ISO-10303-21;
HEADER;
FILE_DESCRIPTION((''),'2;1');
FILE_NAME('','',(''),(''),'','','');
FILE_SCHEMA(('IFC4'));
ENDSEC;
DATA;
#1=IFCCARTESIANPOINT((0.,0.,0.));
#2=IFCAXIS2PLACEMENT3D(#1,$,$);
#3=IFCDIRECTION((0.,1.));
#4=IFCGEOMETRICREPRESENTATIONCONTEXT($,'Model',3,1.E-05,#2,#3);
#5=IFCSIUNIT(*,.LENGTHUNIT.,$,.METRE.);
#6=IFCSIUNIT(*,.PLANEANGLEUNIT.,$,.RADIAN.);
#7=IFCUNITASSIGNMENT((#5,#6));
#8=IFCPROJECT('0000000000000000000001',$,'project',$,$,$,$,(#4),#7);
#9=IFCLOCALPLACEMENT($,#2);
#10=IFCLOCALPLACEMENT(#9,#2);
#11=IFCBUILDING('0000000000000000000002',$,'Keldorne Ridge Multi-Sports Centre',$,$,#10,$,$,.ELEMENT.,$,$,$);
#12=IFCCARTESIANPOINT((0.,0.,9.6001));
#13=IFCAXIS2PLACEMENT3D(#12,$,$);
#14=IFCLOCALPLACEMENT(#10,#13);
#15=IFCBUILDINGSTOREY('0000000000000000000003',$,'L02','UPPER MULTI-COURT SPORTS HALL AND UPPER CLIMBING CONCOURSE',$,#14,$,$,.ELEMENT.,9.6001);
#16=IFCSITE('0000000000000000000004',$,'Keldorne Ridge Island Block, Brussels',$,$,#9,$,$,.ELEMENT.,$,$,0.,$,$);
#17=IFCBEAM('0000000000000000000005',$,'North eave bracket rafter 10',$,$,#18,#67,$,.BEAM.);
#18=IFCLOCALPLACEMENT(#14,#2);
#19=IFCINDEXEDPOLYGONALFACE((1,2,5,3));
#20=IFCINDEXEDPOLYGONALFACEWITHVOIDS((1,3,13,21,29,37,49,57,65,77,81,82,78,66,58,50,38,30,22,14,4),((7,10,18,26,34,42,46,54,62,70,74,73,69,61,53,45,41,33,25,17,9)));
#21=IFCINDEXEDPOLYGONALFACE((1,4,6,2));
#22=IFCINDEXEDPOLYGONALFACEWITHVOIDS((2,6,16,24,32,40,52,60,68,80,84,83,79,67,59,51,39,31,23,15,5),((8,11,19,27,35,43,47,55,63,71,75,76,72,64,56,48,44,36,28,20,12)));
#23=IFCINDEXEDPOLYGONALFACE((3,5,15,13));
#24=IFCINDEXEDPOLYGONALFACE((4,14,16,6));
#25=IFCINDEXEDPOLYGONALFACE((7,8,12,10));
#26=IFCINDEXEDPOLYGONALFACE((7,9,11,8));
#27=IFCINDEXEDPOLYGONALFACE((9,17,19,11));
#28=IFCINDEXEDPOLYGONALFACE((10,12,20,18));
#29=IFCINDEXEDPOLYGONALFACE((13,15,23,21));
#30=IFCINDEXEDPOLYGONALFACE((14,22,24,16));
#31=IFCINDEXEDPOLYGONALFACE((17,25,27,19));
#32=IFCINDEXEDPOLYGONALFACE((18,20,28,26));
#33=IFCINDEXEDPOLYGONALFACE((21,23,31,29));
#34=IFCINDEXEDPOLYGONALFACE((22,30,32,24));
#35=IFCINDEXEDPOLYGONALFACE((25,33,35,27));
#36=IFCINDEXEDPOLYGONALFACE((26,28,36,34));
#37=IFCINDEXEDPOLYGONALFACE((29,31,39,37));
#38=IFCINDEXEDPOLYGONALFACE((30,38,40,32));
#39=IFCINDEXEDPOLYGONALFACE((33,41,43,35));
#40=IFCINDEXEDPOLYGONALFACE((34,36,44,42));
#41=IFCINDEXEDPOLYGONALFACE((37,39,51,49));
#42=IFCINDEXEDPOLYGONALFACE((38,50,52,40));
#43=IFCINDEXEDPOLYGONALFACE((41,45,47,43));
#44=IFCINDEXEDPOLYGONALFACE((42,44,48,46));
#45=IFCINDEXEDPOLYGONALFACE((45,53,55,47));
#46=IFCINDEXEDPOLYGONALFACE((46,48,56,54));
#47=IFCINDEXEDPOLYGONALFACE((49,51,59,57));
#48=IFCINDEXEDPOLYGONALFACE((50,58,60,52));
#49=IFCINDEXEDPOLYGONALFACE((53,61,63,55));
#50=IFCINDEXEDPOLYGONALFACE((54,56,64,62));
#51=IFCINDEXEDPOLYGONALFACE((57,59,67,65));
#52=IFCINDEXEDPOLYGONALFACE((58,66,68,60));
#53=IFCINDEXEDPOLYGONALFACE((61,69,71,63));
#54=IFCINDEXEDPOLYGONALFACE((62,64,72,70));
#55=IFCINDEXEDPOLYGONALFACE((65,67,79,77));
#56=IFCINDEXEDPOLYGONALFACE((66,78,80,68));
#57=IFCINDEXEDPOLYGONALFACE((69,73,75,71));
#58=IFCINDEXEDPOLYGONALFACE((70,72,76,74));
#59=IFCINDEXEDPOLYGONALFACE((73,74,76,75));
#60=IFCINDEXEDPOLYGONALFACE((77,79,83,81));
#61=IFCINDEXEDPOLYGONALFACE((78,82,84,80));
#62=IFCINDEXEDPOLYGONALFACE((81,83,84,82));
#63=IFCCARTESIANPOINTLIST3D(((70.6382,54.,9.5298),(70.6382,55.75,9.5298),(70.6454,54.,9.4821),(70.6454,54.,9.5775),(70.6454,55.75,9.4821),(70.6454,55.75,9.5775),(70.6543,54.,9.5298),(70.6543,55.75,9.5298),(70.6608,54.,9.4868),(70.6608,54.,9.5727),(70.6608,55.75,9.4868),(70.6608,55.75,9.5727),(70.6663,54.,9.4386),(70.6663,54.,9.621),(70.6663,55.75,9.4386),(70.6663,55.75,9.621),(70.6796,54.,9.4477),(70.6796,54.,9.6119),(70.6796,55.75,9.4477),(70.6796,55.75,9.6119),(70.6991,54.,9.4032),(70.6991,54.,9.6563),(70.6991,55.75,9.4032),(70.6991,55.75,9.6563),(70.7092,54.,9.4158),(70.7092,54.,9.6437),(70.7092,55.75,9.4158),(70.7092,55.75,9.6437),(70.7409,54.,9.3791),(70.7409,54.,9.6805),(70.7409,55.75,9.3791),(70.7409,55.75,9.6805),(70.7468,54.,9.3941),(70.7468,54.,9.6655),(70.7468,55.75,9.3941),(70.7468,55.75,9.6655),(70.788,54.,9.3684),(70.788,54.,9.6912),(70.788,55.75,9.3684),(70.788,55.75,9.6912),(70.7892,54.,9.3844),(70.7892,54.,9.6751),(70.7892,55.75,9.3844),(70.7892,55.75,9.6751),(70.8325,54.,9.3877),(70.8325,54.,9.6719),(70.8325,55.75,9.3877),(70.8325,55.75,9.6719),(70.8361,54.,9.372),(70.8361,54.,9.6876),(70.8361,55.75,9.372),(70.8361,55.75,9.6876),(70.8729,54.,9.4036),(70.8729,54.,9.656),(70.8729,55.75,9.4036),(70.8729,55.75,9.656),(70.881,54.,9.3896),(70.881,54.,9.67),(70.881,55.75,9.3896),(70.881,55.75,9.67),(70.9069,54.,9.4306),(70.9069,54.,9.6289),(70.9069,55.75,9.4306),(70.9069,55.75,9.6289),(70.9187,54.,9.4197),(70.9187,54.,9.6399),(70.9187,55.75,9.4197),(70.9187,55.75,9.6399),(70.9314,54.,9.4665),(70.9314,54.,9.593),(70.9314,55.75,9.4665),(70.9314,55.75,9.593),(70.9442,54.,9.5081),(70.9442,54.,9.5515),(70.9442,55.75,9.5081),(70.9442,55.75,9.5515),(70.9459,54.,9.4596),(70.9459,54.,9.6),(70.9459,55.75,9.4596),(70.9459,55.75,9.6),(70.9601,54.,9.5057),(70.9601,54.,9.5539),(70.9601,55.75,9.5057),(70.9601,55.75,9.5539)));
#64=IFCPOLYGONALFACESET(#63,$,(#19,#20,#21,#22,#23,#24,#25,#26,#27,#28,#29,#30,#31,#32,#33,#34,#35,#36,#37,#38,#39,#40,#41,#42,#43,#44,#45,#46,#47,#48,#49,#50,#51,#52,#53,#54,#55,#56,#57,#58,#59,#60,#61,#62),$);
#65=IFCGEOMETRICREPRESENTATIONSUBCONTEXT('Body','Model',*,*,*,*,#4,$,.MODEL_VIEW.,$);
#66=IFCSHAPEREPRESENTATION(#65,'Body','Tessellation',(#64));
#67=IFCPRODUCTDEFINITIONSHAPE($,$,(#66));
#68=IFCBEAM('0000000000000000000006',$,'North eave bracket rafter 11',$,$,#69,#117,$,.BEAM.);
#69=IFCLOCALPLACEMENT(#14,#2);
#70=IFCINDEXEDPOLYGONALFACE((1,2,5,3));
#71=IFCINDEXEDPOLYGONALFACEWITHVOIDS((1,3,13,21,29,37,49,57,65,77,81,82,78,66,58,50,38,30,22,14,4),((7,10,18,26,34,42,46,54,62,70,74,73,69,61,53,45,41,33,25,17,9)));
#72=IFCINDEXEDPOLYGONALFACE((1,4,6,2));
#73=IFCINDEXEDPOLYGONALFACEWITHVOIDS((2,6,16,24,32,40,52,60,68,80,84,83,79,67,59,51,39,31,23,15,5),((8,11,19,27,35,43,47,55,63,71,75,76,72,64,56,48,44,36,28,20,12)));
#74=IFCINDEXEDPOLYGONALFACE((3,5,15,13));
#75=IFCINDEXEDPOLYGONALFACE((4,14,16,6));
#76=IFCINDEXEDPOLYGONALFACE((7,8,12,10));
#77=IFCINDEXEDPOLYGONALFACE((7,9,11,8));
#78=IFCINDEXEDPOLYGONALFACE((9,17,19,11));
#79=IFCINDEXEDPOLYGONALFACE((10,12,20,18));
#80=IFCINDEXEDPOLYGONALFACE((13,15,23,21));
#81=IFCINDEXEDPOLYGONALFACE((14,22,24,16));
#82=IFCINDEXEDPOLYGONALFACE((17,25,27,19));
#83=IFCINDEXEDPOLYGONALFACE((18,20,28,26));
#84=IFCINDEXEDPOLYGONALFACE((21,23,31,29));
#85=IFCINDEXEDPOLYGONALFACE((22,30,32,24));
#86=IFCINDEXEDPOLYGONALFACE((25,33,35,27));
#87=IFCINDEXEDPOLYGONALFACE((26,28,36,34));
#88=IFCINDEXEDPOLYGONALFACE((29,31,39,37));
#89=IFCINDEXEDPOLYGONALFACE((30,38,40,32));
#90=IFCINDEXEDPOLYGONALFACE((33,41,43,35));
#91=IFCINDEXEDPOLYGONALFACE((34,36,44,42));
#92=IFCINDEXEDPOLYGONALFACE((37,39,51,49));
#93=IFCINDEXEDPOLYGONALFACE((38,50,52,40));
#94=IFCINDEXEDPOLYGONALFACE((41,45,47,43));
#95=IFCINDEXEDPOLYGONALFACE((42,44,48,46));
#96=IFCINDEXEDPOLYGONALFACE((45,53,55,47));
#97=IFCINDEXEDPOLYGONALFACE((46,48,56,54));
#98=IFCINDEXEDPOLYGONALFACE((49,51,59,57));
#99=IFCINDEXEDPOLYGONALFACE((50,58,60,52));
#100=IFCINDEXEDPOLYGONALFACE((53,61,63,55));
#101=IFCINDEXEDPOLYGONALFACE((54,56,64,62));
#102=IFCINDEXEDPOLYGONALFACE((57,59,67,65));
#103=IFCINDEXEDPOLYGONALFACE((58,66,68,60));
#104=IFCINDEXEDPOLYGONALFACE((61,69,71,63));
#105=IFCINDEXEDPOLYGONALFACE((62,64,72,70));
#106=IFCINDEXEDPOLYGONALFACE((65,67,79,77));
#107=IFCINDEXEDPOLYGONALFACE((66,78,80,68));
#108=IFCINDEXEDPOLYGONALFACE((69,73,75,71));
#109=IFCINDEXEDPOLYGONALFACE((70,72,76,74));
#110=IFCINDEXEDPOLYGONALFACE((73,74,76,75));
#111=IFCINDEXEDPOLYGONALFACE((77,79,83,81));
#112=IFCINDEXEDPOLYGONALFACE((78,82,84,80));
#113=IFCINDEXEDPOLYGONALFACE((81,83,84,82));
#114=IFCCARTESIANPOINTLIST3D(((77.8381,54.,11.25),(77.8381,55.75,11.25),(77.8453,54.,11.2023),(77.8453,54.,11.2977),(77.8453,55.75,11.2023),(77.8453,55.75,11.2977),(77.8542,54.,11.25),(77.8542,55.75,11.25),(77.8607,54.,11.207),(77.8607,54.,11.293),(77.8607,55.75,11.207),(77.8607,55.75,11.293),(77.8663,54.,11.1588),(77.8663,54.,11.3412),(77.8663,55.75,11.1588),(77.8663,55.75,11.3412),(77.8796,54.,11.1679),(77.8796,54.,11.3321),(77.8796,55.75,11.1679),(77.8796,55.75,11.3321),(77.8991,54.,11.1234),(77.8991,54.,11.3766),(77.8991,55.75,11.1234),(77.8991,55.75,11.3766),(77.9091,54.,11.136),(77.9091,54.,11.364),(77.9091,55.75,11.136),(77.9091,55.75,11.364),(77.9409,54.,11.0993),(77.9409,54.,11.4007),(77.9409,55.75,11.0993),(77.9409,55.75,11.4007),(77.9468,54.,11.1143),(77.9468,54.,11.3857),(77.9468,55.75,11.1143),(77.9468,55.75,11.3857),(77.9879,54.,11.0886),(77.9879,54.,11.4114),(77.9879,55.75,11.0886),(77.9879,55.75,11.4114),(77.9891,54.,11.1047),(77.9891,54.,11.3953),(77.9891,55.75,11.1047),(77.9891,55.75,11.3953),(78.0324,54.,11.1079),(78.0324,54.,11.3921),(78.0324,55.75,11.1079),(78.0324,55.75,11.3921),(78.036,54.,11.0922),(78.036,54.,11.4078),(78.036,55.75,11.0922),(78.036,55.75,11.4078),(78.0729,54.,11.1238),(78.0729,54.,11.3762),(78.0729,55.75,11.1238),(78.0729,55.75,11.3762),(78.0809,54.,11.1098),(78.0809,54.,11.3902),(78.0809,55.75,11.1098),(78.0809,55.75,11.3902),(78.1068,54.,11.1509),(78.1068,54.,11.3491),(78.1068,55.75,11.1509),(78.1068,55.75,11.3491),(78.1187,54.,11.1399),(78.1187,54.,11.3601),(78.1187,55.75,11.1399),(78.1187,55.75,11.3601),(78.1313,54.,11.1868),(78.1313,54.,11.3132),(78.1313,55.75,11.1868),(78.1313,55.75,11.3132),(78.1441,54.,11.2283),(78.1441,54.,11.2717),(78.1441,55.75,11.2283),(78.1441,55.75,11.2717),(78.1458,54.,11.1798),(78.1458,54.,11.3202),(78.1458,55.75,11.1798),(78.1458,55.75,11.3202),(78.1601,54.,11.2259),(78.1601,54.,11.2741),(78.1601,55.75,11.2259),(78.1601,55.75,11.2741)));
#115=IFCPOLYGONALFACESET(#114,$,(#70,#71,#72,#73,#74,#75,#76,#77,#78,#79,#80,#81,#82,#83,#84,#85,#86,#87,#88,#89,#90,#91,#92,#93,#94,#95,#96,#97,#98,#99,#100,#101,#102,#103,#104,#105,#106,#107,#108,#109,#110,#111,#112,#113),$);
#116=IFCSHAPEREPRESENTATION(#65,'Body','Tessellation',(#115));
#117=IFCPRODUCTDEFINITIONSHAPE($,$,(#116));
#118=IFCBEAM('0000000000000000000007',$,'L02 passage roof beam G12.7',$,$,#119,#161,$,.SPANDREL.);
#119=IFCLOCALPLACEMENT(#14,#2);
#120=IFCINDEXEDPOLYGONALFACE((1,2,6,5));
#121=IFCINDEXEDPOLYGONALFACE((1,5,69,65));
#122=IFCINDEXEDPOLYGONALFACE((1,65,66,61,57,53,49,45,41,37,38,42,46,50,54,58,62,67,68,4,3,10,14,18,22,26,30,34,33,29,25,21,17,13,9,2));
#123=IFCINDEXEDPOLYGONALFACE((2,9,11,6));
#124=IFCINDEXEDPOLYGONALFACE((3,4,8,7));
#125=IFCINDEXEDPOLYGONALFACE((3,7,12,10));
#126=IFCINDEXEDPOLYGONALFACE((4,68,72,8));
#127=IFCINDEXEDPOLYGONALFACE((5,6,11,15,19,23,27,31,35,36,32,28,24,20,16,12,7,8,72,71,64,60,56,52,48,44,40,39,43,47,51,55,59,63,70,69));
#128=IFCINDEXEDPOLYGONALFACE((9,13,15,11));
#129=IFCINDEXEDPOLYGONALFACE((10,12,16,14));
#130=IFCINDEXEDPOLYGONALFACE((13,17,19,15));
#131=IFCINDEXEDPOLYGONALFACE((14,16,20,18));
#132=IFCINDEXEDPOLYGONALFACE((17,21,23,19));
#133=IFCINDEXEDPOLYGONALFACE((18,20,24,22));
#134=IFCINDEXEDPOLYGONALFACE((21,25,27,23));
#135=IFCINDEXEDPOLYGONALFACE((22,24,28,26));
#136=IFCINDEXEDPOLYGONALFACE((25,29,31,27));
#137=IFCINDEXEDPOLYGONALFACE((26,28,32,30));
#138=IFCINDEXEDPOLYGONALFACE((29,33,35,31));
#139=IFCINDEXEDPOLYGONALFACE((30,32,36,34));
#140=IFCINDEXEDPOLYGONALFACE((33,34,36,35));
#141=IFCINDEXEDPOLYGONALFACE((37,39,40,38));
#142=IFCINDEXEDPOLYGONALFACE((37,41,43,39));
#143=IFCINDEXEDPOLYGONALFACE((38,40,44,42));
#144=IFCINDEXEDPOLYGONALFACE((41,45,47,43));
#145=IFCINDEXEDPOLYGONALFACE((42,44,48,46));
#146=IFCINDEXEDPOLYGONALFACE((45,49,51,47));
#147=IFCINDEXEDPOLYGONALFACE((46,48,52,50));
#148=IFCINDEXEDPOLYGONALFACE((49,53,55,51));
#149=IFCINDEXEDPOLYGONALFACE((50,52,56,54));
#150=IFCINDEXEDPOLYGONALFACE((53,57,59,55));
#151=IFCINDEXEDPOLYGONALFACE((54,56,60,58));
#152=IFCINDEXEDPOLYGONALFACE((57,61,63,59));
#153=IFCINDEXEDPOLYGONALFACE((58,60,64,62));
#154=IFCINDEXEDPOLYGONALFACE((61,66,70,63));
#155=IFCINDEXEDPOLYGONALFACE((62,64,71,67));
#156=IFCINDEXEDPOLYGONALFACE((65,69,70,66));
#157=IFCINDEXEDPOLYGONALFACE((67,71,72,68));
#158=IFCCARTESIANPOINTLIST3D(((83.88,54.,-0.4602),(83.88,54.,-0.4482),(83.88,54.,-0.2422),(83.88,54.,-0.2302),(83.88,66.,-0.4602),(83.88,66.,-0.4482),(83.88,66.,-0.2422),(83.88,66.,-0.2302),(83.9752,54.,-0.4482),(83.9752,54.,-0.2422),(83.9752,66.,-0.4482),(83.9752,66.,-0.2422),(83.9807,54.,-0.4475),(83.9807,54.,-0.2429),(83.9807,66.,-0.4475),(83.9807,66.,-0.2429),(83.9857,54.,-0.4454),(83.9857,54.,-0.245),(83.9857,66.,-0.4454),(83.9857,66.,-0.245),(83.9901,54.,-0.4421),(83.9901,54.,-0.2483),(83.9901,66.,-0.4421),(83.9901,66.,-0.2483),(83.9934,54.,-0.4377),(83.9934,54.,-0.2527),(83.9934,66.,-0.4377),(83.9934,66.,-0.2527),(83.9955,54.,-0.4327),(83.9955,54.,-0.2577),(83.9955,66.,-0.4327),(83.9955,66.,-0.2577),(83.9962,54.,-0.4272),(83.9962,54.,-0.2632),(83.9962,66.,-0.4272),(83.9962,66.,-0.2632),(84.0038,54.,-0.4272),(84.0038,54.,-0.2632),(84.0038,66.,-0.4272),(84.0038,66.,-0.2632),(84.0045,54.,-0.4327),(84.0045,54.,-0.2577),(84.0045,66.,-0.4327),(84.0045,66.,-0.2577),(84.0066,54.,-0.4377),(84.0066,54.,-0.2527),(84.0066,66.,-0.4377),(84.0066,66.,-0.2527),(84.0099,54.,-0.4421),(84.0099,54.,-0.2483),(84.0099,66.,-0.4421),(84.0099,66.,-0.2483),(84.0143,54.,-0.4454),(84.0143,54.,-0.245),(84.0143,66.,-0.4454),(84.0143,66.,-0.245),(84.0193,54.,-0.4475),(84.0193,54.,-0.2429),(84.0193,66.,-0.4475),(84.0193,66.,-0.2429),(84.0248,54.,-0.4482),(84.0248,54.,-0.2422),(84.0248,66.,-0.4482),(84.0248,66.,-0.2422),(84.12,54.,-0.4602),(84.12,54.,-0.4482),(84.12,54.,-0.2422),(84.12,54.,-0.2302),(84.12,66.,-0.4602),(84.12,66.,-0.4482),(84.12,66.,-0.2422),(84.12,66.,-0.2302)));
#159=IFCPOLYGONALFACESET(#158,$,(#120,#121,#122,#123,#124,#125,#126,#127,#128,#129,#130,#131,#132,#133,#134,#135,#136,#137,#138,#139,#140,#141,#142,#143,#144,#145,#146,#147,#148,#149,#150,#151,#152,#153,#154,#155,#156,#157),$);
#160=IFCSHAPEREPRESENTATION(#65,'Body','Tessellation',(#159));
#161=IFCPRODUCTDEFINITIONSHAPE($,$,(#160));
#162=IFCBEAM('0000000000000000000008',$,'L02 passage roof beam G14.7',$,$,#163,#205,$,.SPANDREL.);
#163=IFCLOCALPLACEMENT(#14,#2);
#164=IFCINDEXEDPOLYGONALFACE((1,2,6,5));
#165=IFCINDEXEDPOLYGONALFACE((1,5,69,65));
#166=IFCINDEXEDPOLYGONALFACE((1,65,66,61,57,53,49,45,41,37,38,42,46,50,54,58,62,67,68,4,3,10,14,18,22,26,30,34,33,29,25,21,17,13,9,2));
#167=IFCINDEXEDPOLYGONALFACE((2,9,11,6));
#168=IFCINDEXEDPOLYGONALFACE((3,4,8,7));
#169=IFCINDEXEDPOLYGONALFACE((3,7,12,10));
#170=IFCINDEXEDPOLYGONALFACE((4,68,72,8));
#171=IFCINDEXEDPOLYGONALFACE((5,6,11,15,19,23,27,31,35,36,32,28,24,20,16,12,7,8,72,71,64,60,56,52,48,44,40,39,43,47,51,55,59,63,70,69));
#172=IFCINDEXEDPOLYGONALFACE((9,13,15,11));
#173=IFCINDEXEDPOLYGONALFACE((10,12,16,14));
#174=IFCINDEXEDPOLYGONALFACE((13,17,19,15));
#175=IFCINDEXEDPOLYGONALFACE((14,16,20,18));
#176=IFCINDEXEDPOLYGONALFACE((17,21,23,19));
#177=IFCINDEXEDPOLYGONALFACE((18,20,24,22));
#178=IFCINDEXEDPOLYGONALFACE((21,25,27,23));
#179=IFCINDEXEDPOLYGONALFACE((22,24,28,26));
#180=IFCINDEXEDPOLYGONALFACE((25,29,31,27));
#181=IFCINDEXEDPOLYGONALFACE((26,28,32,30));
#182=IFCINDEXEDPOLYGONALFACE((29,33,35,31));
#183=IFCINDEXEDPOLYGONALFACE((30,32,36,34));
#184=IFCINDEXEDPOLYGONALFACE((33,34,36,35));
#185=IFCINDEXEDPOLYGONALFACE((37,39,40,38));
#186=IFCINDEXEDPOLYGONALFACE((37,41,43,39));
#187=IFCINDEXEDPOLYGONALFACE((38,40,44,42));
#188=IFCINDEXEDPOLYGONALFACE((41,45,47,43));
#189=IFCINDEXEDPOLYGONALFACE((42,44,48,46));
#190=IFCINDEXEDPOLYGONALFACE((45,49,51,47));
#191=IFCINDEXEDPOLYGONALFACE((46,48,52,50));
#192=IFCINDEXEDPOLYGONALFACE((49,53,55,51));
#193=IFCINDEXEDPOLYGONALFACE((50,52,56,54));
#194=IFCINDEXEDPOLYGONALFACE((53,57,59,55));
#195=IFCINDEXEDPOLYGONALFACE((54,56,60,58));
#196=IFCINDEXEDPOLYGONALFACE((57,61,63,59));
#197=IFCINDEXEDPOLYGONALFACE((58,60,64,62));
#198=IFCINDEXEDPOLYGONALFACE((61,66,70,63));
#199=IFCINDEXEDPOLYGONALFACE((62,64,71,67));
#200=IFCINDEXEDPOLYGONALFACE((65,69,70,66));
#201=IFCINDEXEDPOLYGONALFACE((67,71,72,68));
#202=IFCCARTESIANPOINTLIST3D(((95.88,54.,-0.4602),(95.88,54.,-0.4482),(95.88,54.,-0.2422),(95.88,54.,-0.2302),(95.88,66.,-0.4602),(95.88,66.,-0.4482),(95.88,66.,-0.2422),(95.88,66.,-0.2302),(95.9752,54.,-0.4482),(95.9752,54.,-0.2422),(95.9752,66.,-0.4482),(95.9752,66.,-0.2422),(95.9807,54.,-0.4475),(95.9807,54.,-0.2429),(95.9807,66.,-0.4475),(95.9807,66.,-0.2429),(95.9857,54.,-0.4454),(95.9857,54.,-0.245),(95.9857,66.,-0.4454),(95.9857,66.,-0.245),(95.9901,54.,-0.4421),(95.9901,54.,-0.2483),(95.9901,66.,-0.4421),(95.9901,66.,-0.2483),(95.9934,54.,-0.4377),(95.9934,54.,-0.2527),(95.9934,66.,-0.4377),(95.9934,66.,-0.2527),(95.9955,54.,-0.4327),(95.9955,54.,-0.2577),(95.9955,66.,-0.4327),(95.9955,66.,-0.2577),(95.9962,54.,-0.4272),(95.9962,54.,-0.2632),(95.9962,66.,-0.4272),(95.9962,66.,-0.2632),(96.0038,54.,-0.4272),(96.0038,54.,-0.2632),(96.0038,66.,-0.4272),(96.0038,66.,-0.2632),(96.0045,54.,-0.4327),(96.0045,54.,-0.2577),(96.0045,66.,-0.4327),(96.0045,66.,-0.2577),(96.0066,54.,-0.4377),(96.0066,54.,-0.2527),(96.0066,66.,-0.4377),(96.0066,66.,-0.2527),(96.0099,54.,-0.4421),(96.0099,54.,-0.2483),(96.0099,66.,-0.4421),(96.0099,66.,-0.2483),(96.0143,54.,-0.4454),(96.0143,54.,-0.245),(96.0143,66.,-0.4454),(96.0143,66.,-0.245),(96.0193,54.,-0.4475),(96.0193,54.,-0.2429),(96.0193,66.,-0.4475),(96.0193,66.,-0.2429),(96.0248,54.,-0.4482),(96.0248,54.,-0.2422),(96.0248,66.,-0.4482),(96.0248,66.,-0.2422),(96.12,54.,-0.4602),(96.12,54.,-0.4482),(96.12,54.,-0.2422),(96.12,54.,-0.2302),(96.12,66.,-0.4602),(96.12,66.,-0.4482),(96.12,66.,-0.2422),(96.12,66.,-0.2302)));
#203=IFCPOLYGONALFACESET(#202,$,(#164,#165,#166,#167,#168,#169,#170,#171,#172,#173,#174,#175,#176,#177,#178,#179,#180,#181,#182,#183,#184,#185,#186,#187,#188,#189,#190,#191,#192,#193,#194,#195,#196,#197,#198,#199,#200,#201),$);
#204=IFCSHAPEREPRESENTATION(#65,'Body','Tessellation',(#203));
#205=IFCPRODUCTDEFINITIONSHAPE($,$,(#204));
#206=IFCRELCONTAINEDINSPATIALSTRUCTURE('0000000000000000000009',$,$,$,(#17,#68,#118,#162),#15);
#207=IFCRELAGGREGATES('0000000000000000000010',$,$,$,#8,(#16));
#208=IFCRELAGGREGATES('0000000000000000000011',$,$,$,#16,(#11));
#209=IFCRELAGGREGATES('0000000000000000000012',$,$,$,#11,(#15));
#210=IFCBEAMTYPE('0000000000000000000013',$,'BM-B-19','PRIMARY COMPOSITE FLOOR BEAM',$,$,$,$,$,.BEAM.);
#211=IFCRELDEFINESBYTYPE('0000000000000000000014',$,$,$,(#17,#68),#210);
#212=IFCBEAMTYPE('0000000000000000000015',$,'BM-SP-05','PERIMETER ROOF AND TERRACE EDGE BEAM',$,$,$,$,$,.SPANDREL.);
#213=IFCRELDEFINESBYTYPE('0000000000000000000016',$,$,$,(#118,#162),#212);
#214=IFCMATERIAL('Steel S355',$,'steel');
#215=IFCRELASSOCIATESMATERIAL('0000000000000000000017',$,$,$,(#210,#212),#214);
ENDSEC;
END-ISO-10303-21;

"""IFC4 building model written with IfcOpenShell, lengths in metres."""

from ifc_helpers import new_model, si_unit, direction, frame, origin, origin_2d, place, context, subcontext, project, spatial, hollow_circle, i_section, extrude, material, material_profile, profile_set, type_object, element, save


model = new_model("IFC4")

# Units and contexts
model_context = context("Model", 3, precision=1e-05, world=origin(), true_north=direction((0.0, 1.0)))
body_context = subcontext(model_context, "Body", "Model", "MODEL_VIEW")
ifc_project = project(units=[si_unit("LENGTHUNIT", "METRE"), si_unit("PLANEANGLEUNIT", "RADIAN")], contexts=[model_context])

# Site, building, storey
site_placement = place(None, origin())
site = spatial("IfcSite", under=ifc_project, at=site_placement, Name="Keldorne Ridge Island Block, Brussels", CompositionType="ELEMENT", RefElevation=0.0)
building_placement = place(site_placement, origin())
building = spatial("IfcBuilding", under=site, at=building_placement, Name="Keldorne Ridge Multi-Sports Centre", CompositionType="ELEMENT")
storey_placement = place(building_placement, frame((0.0, 0.0, 9.6001)))
storey = spatial("IfcBuildingStorey", under=building, at=storey_placement, Name="L02", Description="UPPER MULTI-COURT SPORTS HALL AND UPPER CLIMBING CONCOURSE", CompositionType="ELEMENT", Elevation=9.6001)

# Shared definitions
ifc_material = material(Name="Steel S355", Category="steel")

# Beams
ifc_material_profile_1 = material_profile(ifc_material, hollow_circle(Radius=0.1619, WallThickness=0.0161, at=origin_2d()), Name="CHS 323.9x16")
ifc_profile_set_1 = profile_set([ifc_material_profile_1], Name="Steel S355")
beam_type_1 = type_object("IfcBeamType", Name="BM-B-19", Description="PRIMARY COMPOSITE FLOOR BEAM", PredefinedType="BEAM", material=ifc_profile_set_1)
for number, where, z_axis, x_axis, name in (
    (1, (70.8, 54.0, 9.5298), (0.0, 1.0, 0.0), (-1.0, 0.0, 0.0), "North eave bracket rafter 10"),
    (2, (78.0, 54.0, 11.25), (0.0, 1.0, 0.0), (-1.0, 0.0, 0.0), "North eave bracket rafter 11"),
):
    element("IfcBeam", number, at=place(storey_placement, frame(where, z_axis=z_axis, x_axis=x_axis)), inside=storey, type_object=beam_type_1, Name=name, PredefinedType="BEAM", context=body_context, shape_type="SweptSolid", body=[
        extrude(hollow_circle(Radius=0.1619, WallThickness=0.0161, at=origin_2d()), origin(), (0.0, 0.0, 1.0), 1.75),
    ])
ifc_material_profile_2 = material_profile(ifc_material, i_section(OverallWidth=0.24, OverallDepth=0.23, WebThickness=0.0076, FlangeThickness=0.012, FilletRadius=0.021, at=origin_2d()), Name="HEA 240")
ifc_profile_set_2 = profile_set([ifc_material_profile_2], Name="Steel S355")
beam_type_2 = type_object("IfcBeamType", Name="BM-SP-05", Description="PERIMETER ROOF AND TERRACE EDGE BEAM", PredefinedType="SPANDREL", material=ifc_profile_set_2)
for number, where, z_axis, x_axis, name in (
    (3, (84.0, 54.0, -0.3452), (0.0, 1.0, 0.0), (-1.0, 0.0, 0.0), "L02 passage roof beam G12.7"),
    (4, (96.0, 54.0, -0.3452), (0.0, 1.0, 0.0), (-1.0, 0.0, 0.0), "L02 passage roof beam G14.7"),
):
    element("IfcBeam", number, at=place(storey_placement, frame(where, z_axis=z_axis, x_axis=x_axis)), inside=storey, type_object=beam_type_2, Name=name, PredefinedType="SPANDREL", context=body_context, shape_type="SweptSolid", body=[
        extrude(i_section(OverallWidth=0.24, OverallDepth=0.23, WebThickness=0.0076, FlangeThickness=0.012, FilletRadius=0.021, at=origin_2d()), origin(), (0.0, 0.0, 1.0), 12.0),
    ])

save(model, "model.ifc")
